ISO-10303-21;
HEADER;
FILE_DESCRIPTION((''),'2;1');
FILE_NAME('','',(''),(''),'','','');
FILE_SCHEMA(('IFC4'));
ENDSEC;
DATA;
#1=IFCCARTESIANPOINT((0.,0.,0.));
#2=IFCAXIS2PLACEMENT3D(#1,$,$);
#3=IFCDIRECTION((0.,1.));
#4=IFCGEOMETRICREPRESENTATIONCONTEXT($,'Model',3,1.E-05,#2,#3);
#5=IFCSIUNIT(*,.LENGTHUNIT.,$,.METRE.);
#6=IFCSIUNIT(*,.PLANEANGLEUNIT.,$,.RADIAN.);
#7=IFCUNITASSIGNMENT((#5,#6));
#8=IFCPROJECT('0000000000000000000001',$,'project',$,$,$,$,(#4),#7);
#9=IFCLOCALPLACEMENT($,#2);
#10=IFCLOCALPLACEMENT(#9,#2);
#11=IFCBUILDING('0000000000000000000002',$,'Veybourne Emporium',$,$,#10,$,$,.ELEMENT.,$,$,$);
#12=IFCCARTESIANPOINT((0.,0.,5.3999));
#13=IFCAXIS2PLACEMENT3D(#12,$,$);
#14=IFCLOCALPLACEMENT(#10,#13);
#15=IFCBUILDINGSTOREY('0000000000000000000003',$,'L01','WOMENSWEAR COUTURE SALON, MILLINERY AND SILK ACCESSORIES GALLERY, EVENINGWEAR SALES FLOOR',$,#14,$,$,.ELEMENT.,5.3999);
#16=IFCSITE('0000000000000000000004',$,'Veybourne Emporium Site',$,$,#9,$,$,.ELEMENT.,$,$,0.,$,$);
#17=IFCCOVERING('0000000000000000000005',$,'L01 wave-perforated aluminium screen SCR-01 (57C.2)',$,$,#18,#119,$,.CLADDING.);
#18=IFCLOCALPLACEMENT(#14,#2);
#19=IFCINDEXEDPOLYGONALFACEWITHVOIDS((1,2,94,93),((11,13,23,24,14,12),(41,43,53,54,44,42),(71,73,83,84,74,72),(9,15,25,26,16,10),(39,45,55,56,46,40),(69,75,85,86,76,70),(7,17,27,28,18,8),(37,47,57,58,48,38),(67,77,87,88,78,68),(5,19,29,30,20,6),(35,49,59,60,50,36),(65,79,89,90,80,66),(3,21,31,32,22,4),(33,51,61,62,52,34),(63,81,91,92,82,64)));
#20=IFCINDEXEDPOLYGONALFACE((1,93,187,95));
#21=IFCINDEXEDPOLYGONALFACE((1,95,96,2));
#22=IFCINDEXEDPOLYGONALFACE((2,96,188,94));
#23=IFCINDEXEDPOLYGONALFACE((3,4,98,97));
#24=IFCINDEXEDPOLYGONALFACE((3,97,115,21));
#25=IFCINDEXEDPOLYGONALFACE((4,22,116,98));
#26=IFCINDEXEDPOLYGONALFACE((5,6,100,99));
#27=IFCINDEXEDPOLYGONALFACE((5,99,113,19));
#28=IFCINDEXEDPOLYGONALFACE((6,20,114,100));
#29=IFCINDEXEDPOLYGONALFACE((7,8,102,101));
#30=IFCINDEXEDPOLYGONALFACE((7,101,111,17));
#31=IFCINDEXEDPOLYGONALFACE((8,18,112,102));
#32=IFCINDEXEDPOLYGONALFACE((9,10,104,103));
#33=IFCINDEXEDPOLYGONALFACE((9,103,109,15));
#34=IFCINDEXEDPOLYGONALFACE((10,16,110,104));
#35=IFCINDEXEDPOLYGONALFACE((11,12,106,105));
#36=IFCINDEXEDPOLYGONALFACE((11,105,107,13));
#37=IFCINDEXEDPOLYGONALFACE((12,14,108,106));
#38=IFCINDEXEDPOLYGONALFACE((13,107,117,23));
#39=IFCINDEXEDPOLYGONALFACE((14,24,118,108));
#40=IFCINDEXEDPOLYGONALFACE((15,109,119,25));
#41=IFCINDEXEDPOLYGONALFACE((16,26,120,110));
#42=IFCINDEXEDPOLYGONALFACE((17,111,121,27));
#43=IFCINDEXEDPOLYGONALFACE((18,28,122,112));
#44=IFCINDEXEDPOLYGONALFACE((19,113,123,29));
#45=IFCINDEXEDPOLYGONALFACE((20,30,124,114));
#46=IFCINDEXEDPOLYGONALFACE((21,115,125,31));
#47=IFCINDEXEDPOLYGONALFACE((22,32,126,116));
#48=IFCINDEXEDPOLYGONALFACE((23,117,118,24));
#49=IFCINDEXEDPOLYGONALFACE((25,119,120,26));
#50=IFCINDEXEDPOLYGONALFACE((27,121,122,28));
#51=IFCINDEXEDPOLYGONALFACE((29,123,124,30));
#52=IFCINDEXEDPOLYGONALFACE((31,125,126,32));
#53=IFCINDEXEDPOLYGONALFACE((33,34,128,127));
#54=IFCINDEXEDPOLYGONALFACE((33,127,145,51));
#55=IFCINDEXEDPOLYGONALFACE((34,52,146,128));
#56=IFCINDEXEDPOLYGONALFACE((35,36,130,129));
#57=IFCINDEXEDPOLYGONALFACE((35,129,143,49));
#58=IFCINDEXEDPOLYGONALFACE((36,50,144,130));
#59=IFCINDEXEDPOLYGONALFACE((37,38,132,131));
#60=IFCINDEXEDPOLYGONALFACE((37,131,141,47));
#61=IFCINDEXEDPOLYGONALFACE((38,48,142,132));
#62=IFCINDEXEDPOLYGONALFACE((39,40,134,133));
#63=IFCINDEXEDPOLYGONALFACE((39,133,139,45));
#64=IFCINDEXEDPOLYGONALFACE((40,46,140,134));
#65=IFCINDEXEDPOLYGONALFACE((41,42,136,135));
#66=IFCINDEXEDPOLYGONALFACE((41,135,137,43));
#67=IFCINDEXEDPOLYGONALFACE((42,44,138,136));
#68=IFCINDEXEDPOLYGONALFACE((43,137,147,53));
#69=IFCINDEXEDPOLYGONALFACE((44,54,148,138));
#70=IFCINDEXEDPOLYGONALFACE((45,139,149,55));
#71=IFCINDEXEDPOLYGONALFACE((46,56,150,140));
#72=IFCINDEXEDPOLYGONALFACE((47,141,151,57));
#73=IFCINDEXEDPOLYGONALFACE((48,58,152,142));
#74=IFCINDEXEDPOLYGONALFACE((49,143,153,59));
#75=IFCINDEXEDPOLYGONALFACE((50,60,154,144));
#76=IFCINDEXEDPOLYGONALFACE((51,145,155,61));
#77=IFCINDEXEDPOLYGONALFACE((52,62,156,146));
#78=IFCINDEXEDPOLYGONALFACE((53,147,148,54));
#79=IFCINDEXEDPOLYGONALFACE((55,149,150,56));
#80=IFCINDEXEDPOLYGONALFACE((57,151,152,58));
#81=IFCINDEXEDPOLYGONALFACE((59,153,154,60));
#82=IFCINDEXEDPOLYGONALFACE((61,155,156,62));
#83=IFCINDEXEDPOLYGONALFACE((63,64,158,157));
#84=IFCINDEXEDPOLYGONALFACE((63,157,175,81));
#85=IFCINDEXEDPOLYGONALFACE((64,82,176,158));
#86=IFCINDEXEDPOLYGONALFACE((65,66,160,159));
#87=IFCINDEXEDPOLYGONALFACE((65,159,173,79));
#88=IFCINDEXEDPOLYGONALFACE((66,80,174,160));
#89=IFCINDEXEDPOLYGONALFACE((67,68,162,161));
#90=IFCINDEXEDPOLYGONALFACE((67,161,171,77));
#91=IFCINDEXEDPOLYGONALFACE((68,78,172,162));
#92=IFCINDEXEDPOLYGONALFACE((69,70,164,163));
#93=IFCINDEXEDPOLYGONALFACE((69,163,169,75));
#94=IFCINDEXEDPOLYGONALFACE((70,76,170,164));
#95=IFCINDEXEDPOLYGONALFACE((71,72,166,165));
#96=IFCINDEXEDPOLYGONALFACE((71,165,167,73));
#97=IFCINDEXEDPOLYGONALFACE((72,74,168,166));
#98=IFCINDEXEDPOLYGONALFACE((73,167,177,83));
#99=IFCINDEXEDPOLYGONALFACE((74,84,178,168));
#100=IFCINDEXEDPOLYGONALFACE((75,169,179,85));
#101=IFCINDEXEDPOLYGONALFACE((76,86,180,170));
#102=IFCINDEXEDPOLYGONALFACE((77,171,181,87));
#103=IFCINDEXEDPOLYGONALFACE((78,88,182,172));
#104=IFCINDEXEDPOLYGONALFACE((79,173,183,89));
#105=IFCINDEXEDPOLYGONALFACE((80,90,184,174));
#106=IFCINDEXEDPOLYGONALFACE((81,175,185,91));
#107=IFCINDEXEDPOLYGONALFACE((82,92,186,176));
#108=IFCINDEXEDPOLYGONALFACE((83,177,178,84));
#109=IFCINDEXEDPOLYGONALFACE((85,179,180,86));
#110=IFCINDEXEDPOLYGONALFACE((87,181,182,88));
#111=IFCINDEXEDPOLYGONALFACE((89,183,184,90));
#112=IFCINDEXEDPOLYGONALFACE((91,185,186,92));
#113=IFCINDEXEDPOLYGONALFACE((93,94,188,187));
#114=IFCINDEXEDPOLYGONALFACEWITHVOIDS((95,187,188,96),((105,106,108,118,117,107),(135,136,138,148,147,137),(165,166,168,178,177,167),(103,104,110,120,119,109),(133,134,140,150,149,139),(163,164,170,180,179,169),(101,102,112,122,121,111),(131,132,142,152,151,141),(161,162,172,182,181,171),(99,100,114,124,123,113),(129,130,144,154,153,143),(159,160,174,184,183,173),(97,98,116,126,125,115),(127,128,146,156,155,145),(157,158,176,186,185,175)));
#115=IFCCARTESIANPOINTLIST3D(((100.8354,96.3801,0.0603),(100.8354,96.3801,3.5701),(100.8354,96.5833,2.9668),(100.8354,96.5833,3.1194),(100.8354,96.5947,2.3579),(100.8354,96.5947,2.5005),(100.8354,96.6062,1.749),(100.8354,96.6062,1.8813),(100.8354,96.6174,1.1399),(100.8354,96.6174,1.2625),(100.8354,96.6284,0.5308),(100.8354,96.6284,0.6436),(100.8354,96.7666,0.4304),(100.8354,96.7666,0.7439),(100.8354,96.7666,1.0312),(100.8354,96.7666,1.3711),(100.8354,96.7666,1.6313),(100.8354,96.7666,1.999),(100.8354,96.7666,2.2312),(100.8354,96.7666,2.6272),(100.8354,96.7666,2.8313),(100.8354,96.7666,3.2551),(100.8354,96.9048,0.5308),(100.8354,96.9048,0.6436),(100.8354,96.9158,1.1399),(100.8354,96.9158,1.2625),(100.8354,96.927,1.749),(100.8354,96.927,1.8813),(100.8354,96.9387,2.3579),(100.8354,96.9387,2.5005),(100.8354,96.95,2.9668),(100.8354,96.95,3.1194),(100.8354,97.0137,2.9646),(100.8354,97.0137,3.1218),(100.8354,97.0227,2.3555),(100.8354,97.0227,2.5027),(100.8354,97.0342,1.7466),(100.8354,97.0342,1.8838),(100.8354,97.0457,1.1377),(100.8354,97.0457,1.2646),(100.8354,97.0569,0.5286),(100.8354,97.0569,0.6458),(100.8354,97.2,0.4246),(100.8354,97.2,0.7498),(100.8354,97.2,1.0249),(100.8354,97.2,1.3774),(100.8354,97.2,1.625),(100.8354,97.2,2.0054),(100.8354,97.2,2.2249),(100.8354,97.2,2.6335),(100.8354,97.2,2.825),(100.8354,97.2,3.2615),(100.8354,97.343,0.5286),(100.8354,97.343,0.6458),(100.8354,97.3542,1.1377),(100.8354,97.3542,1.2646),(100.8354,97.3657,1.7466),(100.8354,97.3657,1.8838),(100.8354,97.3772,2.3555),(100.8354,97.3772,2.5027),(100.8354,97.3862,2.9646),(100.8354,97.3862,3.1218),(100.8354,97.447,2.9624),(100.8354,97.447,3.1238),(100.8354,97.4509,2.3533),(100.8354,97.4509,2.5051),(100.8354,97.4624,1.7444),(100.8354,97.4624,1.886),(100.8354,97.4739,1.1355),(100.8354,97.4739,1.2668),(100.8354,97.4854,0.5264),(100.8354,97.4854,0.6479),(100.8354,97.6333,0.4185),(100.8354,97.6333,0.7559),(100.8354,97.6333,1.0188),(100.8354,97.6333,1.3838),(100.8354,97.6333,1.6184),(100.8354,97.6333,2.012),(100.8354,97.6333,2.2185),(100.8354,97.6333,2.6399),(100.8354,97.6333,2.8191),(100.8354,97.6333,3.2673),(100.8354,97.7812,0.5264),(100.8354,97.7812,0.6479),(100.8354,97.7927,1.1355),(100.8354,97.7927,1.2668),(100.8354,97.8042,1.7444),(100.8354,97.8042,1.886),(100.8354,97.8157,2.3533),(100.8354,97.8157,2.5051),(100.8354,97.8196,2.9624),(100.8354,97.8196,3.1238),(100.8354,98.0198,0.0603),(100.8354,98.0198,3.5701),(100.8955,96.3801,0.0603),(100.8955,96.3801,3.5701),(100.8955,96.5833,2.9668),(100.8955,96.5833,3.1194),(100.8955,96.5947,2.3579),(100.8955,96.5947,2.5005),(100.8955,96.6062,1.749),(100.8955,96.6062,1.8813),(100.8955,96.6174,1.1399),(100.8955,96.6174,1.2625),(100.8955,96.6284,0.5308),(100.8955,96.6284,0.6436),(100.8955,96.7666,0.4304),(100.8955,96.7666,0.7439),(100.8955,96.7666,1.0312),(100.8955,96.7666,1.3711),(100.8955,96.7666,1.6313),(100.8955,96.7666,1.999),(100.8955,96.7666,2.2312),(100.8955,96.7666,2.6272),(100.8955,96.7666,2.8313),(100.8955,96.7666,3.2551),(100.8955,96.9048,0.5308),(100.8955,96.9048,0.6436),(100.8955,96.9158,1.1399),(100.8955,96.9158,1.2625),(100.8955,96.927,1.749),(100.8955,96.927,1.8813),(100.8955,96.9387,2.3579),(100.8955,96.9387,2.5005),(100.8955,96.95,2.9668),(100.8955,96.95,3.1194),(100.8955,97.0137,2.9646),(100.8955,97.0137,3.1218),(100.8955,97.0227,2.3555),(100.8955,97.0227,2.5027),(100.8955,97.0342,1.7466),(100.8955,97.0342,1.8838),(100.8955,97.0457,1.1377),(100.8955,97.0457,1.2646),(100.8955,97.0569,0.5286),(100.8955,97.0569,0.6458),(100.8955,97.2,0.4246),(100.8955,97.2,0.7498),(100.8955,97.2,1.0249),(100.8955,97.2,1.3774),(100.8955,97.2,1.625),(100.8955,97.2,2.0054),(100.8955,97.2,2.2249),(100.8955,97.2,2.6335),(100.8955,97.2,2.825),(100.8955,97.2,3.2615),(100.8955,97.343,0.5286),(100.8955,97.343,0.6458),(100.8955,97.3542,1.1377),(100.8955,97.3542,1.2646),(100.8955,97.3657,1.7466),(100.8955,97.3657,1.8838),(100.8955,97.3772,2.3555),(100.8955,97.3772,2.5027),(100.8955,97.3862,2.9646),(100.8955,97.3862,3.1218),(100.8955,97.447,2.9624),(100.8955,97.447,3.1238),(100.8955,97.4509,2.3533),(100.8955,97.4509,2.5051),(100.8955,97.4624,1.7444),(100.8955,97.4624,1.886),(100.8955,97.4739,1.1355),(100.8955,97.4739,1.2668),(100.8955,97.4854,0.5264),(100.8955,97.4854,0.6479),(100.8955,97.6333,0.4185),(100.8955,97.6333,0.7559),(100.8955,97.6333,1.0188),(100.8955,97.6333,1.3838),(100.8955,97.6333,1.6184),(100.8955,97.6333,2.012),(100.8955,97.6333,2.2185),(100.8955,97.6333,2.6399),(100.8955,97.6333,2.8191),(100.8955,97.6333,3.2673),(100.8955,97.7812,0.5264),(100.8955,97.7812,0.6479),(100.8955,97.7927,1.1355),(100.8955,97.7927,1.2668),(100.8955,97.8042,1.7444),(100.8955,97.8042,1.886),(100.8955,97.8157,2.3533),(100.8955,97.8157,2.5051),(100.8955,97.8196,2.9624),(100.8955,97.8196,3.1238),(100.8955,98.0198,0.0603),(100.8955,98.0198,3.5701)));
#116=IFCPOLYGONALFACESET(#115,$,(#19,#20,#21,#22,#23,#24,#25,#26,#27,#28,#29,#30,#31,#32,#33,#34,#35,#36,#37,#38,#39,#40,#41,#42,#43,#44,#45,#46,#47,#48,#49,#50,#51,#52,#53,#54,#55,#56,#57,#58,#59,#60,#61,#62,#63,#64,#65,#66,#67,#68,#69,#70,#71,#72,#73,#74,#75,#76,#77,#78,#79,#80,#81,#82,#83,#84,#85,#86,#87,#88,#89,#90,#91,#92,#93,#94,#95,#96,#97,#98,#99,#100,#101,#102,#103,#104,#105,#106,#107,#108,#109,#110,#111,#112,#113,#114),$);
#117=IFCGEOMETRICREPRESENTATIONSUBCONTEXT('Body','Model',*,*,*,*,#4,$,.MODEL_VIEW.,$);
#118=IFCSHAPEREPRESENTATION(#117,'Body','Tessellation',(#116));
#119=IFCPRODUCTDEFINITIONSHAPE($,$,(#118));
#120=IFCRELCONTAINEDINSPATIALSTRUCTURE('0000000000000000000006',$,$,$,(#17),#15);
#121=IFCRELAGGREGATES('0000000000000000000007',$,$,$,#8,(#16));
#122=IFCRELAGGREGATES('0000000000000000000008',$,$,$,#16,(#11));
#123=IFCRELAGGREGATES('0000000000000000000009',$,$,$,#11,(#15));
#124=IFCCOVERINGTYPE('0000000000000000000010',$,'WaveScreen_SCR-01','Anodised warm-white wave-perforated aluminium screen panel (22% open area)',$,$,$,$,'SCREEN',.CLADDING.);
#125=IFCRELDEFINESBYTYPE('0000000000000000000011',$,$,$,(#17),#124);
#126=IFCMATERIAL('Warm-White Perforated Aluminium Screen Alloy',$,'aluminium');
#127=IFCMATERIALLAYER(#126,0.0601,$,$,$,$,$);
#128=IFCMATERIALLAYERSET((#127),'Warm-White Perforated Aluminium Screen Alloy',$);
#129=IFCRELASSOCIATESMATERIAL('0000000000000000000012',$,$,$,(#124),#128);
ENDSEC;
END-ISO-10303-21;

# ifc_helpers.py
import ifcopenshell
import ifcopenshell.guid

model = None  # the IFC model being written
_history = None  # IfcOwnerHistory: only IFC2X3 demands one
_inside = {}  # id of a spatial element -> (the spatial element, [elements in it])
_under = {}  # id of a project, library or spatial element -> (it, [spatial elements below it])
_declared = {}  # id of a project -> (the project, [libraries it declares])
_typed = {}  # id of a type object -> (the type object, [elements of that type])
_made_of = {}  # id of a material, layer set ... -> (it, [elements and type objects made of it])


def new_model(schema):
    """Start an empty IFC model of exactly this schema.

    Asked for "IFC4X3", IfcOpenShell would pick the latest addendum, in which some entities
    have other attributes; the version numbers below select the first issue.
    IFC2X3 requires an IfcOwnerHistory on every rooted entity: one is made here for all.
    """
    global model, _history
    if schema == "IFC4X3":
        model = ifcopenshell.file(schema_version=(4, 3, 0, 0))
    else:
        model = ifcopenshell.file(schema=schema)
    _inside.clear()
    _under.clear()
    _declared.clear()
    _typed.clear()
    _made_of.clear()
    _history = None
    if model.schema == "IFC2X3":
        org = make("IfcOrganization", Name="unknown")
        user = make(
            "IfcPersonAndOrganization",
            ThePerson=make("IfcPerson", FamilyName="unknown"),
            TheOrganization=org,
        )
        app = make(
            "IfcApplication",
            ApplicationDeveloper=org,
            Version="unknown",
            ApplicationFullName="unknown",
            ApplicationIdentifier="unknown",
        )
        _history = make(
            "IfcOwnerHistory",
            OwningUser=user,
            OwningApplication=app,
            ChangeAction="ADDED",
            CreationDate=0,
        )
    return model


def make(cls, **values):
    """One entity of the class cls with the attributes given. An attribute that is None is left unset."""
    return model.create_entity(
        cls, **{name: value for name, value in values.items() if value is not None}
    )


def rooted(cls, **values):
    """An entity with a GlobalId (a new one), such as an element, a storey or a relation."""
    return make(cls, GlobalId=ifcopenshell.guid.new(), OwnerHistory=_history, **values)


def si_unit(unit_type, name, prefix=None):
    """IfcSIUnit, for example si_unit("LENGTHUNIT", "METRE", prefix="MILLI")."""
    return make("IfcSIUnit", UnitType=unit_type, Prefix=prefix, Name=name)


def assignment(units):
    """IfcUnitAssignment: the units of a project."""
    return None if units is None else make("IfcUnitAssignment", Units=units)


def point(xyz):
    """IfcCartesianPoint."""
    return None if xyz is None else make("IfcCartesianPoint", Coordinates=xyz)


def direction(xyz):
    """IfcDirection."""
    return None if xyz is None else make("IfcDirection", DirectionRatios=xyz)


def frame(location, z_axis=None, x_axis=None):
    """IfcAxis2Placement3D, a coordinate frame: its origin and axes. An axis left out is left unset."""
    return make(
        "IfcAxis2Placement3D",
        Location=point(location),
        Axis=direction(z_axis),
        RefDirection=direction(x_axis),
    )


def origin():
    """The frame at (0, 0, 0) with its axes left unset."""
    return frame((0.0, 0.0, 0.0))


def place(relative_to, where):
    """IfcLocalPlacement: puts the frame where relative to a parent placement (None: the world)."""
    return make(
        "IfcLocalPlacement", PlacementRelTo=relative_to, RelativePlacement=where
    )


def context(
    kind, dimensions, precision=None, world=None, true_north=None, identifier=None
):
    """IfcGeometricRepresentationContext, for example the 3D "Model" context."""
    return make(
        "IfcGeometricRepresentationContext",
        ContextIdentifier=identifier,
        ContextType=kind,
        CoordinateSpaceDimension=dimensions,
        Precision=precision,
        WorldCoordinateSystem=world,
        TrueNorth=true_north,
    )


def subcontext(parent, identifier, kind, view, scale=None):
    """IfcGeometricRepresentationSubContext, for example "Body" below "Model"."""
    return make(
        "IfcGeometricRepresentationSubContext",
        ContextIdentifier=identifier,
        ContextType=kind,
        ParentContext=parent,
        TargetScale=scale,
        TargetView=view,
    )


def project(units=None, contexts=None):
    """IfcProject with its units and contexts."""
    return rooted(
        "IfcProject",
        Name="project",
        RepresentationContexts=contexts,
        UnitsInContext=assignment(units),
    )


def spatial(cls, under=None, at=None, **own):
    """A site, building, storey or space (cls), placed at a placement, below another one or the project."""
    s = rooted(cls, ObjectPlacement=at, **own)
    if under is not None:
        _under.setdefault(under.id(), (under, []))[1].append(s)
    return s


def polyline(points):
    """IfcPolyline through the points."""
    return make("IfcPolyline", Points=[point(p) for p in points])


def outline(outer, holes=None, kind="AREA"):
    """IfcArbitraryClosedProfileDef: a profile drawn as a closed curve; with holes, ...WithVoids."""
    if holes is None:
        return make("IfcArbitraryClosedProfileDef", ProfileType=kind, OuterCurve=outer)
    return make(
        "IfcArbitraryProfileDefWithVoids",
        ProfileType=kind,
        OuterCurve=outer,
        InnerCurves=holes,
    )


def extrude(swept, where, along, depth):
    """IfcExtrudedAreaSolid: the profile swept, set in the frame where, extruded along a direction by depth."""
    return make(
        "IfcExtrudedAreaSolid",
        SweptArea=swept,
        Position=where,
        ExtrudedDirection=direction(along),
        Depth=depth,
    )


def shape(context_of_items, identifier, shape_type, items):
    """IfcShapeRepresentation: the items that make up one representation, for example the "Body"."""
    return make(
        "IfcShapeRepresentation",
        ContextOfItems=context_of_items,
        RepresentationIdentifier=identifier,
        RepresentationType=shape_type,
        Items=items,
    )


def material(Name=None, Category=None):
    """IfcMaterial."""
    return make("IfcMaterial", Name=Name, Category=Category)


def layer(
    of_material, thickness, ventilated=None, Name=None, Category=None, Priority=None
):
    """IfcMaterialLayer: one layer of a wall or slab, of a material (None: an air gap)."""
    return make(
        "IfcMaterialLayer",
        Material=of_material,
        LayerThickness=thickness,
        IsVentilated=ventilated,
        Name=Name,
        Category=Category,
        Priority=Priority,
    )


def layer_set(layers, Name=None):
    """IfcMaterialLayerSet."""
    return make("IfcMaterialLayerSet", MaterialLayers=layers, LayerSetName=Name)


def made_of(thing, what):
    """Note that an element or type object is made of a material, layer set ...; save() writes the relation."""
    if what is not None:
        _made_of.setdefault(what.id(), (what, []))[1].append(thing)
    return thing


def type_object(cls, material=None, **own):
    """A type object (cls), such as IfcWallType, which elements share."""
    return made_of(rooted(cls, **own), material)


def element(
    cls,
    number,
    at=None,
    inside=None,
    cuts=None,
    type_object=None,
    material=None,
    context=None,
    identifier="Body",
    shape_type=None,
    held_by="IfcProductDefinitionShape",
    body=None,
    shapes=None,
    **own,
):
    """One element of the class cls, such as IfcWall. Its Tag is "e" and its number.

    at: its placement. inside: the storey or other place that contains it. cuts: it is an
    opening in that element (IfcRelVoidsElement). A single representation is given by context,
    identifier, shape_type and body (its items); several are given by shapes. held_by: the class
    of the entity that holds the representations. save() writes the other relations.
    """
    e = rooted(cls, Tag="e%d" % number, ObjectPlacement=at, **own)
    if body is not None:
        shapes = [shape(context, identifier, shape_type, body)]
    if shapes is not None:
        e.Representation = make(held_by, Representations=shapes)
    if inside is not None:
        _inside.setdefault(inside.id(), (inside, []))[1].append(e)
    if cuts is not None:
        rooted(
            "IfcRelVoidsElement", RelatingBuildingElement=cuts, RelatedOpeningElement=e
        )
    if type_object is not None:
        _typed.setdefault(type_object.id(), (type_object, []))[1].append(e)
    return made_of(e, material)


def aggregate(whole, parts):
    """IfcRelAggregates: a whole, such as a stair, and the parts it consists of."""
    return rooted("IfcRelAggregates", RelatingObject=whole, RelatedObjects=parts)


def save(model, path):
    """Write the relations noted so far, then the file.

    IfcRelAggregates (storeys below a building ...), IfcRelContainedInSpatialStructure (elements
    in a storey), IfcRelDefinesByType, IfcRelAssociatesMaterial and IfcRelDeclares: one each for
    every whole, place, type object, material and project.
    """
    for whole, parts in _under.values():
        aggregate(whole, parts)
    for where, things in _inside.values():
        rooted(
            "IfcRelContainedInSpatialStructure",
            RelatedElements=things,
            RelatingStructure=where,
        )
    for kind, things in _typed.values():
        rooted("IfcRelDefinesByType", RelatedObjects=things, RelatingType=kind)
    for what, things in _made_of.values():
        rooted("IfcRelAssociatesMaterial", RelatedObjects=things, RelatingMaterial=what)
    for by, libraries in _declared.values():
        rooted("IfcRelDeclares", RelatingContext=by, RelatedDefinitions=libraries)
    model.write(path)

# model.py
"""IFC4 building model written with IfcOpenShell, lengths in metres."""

from ifc_helpers import new_model, si_unit, direction, frame, origin, place, context, subcontext, project, spatial, polyline, outline, extrude, material, layer, layer_set, type_object, element, save


model = new_model("IFC4")

# Units and contexts
model_context = context("Model", 3, precision=1e-05, world=origin(), true_north=direction((0.0, 1.0)))
body_context = subcontext(model_context, "Body", "Model", "MODEL_VIEW")
ifc_project = project(units=[si_unit("LENGTHUNIT", "METRE"), si_unit("PLANEANGLEUNIT", "RADIAN")], contexts=[model_context])

# Site, building, storey
site_placement = place(None, origin())
site = spatial("IfcSite", under=ifc_project, at=site_placement, Name="Veybourne Emporium Site", CompositionType="ELEMENT", RefElevation=0.0)
building_placement = place(site_placement, origin())
building = spatial("IfcBuilding", under=site, at=building_placement, Name="Veybourne Emporium", CompositionType="ELEMENT")
storey_placement = place(building_placement, frame((0.0, 0.0, 5.3999)))
storey = spatial("IfcBuildingStorey", under=building, at=storey_placement, Name="L01", Description="WOMENSWEAR COUTURE SALON, MILLINERY AND SILK ACCESSORIES GALLERY, EVENINGWEAR SALES FLOOR", CompositionType="ELEMENT", Elevation=5.3999)

# Covering
ifc_material_1 = material(Name="Warm-White Perforated Aluminium Screen Alloy", Category="aluminium")
ifc_layer_1 = layer(ifc_material_1, 0.0601)
ifc_layer_set_1 = layer_set([ifc_layer_1], Name="Warm-White Perforated Aluminium Screen Alloy")
covering_type_1 = type_object("IfcCoveringType", Name="WaveScreen_SCR-01", Description="Anodised warm-white wave-perforated aluminium screen panel (22% open area)", ElementType="SCREEN", PredefinedType="CLADDING", material=ifc_layer_set_1)
covering_1_placement = place(storey_placement, frame((100.8955, 97.2, 1.8152), z_axis=(-1.0, 0.0, 0.0), x_axis=(0.0, -1.0, 0.0)))
element("IfcCovering", 1, at=covering_1_placement, inside=storey, type_object=covering_type_1, Name="L01 wave-perforated aluminium screen SCR-01 (57C.2)", PredefinedType="CLADDING", context=body_context, shape_type="SweptSolid", body=[
    extrude(outline(polyline([(-0.8198, -1.7549), (0.8198, -1.7549), (0.8198, 1.7549), (-0.8198, 1.7549), (-0.8198, -1.7549)]), holes=[polyline([(-0.4333, -1.0593), (-0.2854, -1.1672), (-0.2854, -1.2888), (-0.4333, -1.3967), (-0.5813, -1.2888), (-0.5813, -1.1672), (-0.4333, -1.0593)]), polyline([(-0.4333, -0.4314), (-0.2739, -0.5483), (-0.2739, -0.6797), (-0.4333, -0.7964), (-0.5928, -0.6797), (-0.5928, -0.5483), (-0.4333, -0.4314)]), polyline([(-0.4333, 0.1968), (-0.2625, 0.0708), (-0.2625, -0.0708), (-0.4333, -0.1968), (-0.6042, -0.0708), (-0.6042, 0.0708), (-0.4333, 0.1968)]), polyline([(-0.4333, 0.8247), (-0.251, 0.6899), (-0.251, 0.5381), (-0.4333, 0.4033), (-0.6157, 0.5381), (-0.6157, 0.6899), (-0.4333, 0.8247)]), polyline([(-0.4333, 1.4521), (-0.2471, 1.3086), (-0.2471, 1.1472), (-0.4333, 1.0039), (-0.6196, 1.1472), (-0.6196, 1.3086), (-0.4333, 1.4521)]), polyline([(0.0, -1.0654), (0.1431, -1.1694), (0.1431, -1.2866), (0.0, -1.3906), (-0.1431, -1.2866), (-0.1431, -1.1694), (0.0, -1.0654)]), polyline([(0.0, -0.4377), (0.1543, -0.5505), (0.1543, -0.6775), (0.0, -0.7903), (-0.1543, -0.6775), (-0.1543, -0.5505), (0.0, -0.4377)]), polyline([(0.0, 0.1902), (0.1658, 0.0686), (0.1658, -0.0686), (0.0, -0.1902), (-0.1658, -0.0686), (-0.1658, 0.0686), (0.0, 0.1902)]), polyline([(0.0, 0.8184), (0.1772, 0.6875), (0.1772, 0.5403), (0.0, 0.4097), (-0.1772, 0.5403), (-0.1772, 0.6875), (0.0, 0.8184)]), polyline([(0.0, 1.4463), (0.1863, 1.3066), (0.1863, 1.1494), (0.0, 1.0098), (-0.1863, 1.1494), (-0.1863, 1.3066), (0.0, 1.4463)]), polyline([(0.4333, -1.0713), (0.5715, -1.1716), (0.5715, -1.2844), (0.4333, -1.3848), (0.2952, -1.2844), (0.2952, -1.1716), (0.4333, -1.0713)]), polyline([(0.4333, -0.4441), (0.5825, -0.5527), (0.5825, -0.6753), (0.4333, -0.7839), (0.2842, -0.6753), (0.2842, -0.5527), (0.4333, -0.4441)]), polyline([(0.4333, 0.1838), (0.5938, 0.0662), (0.5938, -0.0662), (0.4333, -0.1838), (0.2729, -0.0662), (0.2729, 0.0662), (0.4333, 0.1838)]), polyline([(0.4333, 0.812), (0.6052, 0.6853), (0.6052, 0.5427), (0.4333, 0.416), (0.2612, 0.5427), (0.2612, 0.6853), (0.4333, 0.812)]), polyline([(0.4333, 1.4399), (0.6167, 1.3042), (0.6167, 1.1516), (0.4333, 1.0161), (0.25, 1.1516), (0.25, 1.3042), (0.4333, 1.4399)])]), origin(), (0.0, 0.0, 1.0), 0.0601),
])

save(model, "model.ifc")
